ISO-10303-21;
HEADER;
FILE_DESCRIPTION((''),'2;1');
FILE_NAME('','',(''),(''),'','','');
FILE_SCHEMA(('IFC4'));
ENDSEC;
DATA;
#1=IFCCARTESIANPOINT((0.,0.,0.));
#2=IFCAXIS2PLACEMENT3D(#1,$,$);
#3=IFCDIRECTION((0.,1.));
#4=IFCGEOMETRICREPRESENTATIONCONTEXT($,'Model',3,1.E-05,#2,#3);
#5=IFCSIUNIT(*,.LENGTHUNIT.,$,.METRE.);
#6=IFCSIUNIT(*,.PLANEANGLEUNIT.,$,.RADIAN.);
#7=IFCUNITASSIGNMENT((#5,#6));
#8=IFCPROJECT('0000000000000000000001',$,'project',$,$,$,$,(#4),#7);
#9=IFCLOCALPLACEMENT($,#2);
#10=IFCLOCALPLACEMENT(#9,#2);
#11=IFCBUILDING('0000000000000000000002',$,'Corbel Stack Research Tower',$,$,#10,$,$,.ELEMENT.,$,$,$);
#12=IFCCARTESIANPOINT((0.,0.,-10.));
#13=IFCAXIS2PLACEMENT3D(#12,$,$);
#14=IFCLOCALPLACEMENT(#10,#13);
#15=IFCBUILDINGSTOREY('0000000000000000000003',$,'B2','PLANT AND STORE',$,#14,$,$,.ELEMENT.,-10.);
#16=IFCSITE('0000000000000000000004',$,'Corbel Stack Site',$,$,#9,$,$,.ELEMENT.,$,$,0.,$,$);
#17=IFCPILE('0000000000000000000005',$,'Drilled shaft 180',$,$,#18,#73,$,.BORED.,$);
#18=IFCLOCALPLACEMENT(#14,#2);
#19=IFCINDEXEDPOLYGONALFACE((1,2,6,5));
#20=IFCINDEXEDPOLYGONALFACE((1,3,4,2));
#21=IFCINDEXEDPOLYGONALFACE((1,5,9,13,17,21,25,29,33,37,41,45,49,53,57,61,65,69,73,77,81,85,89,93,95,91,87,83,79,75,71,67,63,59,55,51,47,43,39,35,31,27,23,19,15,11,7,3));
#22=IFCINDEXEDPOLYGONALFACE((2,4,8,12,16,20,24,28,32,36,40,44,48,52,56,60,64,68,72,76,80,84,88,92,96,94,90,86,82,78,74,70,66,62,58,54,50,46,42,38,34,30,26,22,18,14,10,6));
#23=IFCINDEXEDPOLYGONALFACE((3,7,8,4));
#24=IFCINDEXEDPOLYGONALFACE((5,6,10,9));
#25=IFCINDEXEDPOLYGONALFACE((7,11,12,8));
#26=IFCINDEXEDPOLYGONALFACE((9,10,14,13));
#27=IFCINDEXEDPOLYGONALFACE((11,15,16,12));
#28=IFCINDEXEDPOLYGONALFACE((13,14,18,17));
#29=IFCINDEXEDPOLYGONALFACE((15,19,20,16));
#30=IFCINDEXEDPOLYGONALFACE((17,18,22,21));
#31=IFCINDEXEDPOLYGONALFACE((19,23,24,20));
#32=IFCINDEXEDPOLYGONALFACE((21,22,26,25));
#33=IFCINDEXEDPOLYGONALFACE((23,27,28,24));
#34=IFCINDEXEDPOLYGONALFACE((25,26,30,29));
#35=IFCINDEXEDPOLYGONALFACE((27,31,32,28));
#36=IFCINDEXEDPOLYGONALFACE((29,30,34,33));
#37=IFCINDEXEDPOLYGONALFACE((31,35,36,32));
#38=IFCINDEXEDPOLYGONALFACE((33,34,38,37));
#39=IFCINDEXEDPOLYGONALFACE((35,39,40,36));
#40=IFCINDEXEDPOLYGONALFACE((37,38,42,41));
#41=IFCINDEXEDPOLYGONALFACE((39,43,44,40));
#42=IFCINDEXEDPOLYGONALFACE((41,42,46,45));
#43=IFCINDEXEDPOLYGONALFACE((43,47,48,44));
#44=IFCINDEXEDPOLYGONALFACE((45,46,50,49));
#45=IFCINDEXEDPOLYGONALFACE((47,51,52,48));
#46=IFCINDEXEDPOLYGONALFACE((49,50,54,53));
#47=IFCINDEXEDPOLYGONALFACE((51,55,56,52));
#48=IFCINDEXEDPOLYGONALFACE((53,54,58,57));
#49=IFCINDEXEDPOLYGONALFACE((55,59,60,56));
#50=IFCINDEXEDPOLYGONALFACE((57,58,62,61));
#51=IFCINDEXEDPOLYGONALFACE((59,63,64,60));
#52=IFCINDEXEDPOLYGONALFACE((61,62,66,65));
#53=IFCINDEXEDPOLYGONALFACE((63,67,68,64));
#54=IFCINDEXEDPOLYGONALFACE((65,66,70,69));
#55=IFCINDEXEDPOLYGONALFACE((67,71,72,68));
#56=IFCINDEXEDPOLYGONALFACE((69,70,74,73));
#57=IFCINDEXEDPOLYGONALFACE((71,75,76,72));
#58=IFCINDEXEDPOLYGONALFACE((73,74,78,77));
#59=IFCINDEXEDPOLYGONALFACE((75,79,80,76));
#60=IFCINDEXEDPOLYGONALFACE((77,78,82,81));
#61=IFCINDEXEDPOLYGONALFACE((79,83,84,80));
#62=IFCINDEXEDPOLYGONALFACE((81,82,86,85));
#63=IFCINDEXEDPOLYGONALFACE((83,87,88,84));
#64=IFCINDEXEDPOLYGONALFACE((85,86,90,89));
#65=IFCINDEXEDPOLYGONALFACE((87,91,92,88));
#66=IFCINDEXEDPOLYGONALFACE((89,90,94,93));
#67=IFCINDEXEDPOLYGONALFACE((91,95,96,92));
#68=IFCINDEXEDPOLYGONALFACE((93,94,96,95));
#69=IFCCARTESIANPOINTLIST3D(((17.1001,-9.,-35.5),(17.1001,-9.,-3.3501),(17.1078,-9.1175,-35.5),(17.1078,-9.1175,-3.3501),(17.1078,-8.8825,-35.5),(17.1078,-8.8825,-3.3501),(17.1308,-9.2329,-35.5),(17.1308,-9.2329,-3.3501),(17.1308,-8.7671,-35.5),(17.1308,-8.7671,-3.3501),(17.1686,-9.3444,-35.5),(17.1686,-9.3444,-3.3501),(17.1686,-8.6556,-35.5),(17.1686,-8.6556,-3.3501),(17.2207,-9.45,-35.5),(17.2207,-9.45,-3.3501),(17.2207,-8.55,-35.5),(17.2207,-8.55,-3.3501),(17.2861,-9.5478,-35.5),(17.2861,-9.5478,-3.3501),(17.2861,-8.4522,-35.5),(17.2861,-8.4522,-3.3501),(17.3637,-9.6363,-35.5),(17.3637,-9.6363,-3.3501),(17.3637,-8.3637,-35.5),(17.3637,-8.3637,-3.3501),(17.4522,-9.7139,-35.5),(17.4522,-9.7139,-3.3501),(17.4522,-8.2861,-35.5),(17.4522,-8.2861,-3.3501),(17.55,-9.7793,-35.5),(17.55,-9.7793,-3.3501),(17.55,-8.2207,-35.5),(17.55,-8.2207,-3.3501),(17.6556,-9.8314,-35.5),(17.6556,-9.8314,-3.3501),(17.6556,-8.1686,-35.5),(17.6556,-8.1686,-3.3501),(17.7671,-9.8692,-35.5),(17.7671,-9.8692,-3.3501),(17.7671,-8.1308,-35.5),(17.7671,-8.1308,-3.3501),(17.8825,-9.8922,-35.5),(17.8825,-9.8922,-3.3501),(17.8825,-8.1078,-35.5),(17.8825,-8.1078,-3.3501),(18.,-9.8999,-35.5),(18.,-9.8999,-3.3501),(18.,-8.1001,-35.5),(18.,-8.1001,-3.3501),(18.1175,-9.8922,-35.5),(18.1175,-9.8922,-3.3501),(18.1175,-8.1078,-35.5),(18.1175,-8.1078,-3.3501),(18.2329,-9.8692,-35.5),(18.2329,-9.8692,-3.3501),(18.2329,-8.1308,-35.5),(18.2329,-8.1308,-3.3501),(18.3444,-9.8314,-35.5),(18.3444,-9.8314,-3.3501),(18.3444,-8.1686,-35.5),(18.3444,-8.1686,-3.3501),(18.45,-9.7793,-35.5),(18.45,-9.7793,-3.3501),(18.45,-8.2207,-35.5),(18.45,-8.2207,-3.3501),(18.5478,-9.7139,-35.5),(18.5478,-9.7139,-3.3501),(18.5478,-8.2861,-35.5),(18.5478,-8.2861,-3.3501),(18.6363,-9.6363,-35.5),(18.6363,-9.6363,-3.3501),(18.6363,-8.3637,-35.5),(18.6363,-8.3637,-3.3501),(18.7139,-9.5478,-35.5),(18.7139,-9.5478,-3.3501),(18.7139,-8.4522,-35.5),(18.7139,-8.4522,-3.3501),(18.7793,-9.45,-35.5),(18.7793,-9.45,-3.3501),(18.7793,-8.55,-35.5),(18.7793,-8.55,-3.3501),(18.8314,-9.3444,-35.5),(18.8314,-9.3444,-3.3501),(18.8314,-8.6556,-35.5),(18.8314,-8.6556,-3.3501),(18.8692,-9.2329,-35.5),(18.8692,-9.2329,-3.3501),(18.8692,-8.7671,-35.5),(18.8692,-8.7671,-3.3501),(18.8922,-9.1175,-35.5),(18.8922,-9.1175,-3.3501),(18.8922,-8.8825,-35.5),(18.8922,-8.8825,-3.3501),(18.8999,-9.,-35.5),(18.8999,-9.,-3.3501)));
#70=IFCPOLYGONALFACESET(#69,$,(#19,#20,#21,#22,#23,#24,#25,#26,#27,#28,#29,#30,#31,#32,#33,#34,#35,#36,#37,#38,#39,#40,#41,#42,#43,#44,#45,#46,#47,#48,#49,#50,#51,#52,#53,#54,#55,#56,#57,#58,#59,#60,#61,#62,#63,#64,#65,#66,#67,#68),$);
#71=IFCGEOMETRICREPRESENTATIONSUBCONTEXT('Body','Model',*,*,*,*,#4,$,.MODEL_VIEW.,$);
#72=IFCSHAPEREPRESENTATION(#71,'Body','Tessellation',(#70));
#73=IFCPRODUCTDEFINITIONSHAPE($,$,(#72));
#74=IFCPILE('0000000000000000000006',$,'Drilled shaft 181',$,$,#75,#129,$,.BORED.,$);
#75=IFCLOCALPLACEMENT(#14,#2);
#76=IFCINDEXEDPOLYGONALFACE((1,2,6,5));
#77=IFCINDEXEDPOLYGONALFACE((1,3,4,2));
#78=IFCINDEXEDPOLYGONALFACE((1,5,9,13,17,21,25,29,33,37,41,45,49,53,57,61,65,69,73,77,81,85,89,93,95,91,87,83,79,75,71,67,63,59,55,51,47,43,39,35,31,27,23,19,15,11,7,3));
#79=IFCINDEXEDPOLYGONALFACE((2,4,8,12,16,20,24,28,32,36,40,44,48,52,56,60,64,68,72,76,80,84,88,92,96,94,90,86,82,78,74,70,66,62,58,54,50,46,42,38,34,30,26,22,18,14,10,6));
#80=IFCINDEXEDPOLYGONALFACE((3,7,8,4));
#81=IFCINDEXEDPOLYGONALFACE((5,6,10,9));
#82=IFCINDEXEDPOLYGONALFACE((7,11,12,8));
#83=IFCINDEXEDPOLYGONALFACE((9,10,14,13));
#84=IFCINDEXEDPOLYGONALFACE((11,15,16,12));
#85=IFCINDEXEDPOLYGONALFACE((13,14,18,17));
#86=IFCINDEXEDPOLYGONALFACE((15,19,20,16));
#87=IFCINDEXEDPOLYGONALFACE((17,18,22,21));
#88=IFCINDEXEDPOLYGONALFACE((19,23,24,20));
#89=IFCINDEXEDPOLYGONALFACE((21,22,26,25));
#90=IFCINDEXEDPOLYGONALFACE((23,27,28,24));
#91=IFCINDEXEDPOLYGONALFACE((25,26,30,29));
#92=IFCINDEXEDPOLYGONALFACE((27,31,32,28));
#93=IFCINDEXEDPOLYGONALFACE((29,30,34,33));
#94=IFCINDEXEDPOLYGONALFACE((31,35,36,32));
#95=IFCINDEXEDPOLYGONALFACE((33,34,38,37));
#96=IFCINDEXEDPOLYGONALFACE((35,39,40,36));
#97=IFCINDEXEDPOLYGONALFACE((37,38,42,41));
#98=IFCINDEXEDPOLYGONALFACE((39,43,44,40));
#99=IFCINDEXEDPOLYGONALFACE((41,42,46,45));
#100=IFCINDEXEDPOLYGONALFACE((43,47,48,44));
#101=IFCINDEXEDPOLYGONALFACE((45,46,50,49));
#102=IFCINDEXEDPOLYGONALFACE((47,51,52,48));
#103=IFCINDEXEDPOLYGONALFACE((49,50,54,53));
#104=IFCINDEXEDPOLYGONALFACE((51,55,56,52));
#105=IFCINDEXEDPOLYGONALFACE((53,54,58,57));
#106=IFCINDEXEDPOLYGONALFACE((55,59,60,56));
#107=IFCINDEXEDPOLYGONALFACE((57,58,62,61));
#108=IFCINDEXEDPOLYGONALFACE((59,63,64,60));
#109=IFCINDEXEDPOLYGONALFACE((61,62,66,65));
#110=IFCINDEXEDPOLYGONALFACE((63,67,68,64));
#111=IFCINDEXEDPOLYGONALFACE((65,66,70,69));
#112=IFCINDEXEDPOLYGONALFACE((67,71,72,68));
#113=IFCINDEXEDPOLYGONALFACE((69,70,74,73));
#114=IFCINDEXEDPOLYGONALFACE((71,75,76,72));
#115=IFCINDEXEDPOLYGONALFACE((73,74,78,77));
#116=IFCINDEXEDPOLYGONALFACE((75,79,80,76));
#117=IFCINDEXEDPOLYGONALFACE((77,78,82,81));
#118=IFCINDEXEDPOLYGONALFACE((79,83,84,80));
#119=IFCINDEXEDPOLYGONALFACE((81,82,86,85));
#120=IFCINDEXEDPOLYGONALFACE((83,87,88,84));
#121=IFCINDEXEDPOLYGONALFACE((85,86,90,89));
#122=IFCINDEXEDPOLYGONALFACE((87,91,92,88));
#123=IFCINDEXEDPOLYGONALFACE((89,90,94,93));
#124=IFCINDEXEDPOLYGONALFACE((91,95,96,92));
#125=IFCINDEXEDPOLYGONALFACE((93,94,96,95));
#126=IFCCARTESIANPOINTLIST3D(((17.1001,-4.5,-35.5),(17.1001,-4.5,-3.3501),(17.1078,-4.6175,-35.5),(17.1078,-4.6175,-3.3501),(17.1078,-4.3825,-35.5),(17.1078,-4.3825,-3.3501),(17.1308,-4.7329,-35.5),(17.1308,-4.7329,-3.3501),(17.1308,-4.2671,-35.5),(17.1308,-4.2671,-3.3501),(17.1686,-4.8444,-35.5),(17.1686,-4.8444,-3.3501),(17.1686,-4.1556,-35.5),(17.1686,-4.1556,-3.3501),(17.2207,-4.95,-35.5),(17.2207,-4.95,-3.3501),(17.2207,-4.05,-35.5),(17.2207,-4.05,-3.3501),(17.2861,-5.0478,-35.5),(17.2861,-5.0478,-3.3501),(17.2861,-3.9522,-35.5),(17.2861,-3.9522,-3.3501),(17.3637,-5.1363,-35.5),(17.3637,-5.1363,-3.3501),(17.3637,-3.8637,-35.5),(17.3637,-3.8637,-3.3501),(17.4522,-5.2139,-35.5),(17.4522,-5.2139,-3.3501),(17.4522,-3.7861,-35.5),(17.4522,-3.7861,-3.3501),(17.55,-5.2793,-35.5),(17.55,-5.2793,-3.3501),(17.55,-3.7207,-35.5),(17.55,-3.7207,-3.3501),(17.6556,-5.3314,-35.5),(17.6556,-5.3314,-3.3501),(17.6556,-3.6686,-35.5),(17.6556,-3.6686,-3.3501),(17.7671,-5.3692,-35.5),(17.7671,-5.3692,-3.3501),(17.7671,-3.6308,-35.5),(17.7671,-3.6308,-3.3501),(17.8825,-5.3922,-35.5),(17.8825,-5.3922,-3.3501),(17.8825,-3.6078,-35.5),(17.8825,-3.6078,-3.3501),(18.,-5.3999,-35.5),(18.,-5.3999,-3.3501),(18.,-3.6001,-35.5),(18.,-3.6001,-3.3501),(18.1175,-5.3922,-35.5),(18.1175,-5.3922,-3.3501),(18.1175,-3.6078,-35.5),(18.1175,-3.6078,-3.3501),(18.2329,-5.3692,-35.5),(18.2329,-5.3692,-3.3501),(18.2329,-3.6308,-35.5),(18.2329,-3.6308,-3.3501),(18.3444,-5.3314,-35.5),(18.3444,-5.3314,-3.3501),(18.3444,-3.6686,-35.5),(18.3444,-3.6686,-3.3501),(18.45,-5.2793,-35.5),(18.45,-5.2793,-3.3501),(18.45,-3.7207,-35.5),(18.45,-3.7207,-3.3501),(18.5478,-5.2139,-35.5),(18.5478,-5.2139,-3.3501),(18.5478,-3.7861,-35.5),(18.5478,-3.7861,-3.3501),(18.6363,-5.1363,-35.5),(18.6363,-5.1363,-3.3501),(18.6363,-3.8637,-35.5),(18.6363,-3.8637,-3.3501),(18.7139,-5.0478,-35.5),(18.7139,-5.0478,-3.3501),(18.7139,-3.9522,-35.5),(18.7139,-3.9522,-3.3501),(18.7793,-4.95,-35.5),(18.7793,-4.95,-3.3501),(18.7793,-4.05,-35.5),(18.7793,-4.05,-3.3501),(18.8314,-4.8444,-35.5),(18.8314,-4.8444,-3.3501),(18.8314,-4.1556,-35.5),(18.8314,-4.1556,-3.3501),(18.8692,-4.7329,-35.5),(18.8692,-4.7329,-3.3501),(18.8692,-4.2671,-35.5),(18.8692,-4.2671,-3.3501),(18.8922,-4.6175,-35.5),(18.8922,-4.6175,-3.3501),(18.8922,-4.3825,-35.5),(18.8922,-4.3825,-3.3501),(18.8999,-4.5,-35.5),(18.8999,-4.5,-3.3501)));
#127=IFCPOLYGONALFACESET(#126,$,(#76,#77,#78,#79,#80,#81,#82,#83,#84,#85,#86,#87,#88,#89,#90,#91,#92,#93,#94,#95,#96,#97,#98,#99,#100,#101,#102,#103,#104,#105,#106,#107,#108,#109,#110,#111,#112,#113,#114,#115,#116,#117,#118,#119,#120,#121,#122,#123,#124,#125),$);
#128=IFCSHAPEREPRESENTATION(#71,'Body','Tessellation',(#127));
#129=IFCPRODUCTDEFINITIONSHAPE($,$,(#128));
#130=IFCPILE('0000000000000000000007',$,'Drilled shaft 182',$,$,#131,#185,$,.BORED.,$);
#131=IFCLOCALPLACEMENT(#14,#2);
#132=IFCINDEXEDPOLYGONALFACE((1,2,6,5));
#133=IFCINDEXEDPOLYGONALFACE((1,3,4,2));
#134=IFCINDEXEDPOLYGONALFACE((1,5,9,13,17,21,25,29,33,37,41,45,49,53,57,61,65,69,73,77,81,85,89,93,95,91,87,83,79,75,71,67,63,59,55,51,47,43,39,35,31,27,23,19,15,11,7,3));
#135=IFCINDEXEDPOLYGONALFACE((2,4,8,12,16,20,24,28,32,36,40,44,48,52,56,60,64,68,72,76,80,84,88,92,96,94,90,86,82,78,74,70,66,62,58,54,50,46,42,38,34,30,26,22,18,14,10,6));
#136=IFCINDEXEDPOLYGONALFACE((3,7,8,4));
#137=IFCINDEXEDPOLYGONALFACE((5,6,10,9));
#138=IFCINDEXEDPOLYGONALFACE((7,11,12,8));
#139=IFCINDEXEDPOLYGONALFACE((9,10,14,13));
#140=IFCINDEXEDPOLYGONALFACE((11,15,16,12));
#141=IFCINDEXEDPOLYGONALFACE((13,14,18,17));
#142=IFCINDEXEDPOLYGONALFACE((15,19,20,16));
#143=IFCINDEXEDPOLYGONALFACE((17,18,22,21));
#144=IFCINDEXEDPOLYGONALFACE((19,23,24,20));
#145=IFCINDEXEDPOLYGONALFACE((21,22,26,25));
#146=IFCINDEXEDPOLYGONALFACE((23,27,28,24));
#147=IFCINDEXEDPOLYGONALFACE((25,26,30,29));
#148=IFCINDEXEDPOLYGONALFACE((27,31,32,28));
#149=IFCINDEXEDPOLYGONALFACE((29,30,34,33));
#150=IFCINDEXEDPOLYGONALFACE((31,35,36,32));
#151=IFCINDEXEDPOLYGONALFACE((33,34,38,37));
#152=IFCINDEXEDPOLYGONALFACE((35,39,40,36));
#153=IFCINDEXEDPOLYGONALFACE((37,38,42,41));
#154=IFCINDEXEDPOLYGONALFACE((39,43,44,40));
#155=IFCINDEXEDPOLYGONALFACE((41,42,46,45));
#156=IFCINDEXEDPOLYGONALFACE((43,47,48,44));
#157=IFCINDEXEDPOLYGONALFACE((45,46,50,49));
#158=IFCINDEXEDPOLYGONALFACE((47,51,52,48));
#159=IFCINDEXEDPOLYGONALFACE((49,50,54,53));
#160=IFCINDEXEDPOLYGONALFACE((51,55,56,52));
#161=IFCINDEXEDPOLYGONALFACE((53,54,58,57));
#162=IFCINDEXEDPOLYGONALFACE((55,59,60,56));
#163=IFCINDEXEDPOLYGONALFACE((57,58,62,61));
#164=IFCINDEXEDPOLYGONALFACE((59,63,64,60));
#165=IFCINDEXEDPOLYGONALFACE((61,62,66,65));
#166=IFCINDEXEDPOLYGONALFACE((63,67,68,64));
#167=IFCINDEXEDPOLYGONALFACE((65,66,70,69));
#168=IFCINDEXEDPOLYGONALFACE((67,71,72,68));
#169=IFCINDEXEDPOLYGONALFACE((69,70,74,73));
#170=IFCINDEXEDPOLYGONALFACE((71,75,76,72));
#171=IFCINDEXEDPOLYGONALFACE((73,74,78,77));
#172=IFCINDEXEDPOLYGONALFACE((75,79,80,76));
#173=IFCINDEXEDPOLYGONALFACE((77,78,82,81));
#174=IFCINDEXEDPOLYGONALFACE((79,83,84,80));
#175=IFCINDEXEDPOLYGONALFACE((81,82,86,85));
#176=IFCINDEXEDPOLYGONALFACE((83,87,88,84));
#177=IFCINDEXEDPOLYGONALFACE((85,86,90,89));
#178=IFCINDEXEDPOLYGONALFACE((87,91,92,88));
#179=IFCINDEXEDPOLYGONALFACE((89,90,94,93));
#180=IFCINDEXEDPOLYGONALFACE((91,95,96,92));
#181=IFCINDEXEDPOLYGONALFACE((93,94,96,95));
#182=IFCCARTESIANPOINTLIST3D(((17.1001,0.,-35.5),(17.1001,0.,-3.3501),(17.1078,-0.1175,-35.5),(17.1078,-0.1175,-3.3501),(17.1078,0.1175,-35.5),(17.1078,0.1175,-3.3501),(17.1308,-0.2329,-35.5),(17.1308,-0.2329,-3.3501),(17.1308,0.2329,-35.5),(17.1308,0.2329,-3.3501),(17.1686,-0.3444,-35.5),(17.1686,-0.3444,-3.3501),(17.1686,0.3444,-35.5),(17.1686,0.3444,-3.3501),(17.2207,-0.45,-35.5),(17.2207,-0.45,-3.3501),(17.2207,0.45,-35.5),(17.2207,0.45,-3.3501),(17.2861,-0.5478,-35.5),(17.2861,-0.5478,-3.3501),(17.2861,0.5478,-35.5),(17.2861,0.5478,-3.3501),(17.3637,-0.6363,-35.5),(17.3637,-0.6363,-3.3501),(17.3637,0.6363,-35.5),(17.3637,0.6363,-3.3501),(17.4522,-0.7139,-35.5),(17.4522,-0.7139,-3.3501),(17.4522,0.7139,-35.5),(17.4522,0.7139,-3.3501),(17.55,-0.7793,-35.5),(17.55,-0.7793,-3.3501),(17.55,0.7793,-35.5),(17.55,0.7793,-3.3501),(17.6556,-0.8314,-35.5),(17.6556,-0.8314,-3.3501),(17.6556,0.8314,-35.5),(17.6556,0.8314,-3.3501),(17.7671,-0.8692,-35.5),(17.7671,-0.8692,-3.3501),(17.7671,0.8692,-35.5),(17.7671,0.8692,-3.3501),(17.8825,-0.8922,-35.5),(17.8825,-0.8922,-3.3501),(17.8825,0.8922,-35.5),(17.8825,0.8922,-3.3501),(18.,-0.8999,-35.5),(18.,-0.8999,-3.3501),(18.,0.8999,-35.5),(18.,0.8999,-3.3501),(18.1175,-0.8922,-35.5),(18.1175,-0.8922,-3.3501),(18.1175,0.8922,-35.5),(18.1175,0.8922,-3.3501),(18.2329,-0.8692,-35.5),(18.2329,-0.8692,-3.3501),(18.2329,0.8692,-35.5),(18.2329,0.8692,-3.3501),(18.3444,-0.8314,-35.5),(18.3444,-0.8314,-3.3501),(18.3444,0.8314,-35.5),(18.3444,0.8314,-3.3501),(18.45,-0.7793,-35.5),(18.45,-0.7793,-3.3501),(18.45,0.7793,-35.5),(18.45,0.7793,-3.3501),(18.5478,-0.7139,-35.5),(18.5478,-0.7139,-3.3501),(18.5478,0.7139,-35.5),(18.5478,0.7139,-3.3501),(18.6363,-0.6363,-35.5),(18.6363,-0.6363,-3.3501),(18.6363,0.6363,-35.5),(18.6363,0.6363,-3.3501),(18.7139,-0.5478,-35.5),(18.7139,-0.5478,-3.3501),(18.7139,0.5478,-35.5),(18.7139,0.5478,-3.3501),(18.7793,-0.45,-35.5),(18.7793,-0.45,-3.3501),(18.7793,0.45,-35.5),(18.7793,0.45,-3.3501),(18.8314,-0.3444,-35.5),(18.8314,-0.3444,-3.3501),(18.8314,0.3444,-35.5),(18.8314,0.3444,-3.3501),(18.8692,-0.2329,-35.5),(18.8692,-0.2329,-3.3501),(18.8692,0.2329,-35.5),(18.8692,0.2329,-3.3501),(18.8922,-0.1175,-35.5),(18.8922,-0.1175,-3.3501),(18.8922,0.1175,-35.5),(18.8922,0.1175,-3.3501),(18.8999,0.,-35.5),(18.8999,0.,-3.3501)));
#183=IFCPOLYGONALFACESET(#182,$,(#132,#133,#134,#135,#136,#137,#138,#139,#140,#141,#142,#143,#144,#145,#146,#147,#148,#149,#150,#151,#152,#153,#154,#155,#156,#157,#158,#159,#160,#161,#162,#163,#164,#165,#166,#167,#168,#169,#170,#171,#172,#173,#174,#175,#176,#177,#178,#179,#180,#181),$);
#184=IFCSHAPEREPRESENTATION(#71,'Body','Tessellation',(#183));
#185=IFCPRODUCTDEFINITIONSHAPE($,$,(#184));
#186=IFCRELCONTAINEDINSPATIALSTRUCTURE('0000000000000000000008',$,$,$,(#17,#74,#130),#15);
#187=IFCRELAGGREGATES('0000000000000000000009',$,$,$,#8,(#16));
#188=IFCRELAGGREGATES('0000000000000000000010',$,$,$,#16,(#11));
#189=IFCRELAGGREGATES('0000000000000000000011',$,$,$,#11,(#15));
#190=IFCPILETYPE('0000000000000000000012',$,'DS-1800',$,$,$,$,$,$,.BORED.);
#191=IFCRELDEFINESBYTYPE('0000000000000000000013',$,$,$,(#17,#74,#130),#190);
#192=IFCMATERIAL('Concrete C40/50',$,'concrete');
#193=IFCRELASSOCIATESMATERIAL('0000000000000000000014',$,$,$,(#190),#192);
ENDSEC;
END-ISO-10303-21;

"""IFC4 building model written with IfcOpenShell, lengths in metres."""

from ifc_helpers import new_model, si_unit, direction, frame, origin, origin_2d, place, context, subcontext, project, spatial, circle, extrude, material, material_profile, profile_set, type_object, element, save


model = new_model("IFC4")

# Units and contexts
model_context = context("Model", 3, precision=1e-05, world=origin(), true_north=direction((0.0, 1.0)))
body_context = subcontext(model_context, "Body", "Model", "MODEL_VIEW")
ifc_project = project(units=[si_unit("LENGTHUNIT", "METRE"), si_unit("PLANEANGLEUNIT", "RADIAN")], contexts=[model_context])

# Site, building, storey
site_placement = place(None, origin())
site = spatial("IfcSite", under=ifc_project, at=site_placement, Name="Corbel Stack Site", CompositionType="ELEMENT", RefElevation=0.0)
building_placement = place(site_placement, origin())
building = spatial("IfcBuilding", under=site, at=building_placement, Name="Corbel Stack Research Tower", CompositionType="ELEMENT")
storey_placement = place(building_placement, frame((0.0, 0.0, -10.0)))
storey = spatial("IfcBuildingStorey", under=building, at=storey_placement, Name="B2", Description="PLANT AND STORE", CompositionType="ELEMENT", Elevation=-10.0)

# Piles
ifc_material_1 = material(Name="Concrete C40/50", Category="concrete")
ifc_material_profile_1 = material_profile(ifc_material_1, circle(Radius=0.8999, at=origin_2d()), Name="Shaft 1800")
ifc_profile_set_1 = profile_set([ifc_material_profile_1], Name="Concrete C40/50")
pile_type = type_object("IfcPileType", Name="DS-1800", PredefinedType="BORED", material=ifc_profile_set_1)
for number, where, z_axis, x_axis, name in (
    (1, (18.0, -9.0, -3.3501), (0.0, 0.0, -1.0), (1.0, 0.0, 0.0), "Drilled shaft 180"),
    (2, (18.0, -4.5, -3.3501), (0.0, 0.0, -1.0), (1.0, 0.0, 0.0), "Drilled shaft 181"),
    (3, (18.0, 0.0, -3.3501), (0.0, 0.0, -1.0), (1.0, 0.0, 0.0), "Drilled shaft 182"),
):
    element("IfcPile", number, at=place(storey_placement, frame(where, z_axis=z_axis, x_axis=x_axis)), inside=storey, type_object=pile_type, Name=name, PredefinedType="BORED", context=body_context, shape_type="SweptSolid", body=[
        extrude(circle(Radius=0.8999, at=origin_2d()), origin(), (0.0, 0.0, 1.0), 32.1499),
    ])

save(model, "model.ifc")
